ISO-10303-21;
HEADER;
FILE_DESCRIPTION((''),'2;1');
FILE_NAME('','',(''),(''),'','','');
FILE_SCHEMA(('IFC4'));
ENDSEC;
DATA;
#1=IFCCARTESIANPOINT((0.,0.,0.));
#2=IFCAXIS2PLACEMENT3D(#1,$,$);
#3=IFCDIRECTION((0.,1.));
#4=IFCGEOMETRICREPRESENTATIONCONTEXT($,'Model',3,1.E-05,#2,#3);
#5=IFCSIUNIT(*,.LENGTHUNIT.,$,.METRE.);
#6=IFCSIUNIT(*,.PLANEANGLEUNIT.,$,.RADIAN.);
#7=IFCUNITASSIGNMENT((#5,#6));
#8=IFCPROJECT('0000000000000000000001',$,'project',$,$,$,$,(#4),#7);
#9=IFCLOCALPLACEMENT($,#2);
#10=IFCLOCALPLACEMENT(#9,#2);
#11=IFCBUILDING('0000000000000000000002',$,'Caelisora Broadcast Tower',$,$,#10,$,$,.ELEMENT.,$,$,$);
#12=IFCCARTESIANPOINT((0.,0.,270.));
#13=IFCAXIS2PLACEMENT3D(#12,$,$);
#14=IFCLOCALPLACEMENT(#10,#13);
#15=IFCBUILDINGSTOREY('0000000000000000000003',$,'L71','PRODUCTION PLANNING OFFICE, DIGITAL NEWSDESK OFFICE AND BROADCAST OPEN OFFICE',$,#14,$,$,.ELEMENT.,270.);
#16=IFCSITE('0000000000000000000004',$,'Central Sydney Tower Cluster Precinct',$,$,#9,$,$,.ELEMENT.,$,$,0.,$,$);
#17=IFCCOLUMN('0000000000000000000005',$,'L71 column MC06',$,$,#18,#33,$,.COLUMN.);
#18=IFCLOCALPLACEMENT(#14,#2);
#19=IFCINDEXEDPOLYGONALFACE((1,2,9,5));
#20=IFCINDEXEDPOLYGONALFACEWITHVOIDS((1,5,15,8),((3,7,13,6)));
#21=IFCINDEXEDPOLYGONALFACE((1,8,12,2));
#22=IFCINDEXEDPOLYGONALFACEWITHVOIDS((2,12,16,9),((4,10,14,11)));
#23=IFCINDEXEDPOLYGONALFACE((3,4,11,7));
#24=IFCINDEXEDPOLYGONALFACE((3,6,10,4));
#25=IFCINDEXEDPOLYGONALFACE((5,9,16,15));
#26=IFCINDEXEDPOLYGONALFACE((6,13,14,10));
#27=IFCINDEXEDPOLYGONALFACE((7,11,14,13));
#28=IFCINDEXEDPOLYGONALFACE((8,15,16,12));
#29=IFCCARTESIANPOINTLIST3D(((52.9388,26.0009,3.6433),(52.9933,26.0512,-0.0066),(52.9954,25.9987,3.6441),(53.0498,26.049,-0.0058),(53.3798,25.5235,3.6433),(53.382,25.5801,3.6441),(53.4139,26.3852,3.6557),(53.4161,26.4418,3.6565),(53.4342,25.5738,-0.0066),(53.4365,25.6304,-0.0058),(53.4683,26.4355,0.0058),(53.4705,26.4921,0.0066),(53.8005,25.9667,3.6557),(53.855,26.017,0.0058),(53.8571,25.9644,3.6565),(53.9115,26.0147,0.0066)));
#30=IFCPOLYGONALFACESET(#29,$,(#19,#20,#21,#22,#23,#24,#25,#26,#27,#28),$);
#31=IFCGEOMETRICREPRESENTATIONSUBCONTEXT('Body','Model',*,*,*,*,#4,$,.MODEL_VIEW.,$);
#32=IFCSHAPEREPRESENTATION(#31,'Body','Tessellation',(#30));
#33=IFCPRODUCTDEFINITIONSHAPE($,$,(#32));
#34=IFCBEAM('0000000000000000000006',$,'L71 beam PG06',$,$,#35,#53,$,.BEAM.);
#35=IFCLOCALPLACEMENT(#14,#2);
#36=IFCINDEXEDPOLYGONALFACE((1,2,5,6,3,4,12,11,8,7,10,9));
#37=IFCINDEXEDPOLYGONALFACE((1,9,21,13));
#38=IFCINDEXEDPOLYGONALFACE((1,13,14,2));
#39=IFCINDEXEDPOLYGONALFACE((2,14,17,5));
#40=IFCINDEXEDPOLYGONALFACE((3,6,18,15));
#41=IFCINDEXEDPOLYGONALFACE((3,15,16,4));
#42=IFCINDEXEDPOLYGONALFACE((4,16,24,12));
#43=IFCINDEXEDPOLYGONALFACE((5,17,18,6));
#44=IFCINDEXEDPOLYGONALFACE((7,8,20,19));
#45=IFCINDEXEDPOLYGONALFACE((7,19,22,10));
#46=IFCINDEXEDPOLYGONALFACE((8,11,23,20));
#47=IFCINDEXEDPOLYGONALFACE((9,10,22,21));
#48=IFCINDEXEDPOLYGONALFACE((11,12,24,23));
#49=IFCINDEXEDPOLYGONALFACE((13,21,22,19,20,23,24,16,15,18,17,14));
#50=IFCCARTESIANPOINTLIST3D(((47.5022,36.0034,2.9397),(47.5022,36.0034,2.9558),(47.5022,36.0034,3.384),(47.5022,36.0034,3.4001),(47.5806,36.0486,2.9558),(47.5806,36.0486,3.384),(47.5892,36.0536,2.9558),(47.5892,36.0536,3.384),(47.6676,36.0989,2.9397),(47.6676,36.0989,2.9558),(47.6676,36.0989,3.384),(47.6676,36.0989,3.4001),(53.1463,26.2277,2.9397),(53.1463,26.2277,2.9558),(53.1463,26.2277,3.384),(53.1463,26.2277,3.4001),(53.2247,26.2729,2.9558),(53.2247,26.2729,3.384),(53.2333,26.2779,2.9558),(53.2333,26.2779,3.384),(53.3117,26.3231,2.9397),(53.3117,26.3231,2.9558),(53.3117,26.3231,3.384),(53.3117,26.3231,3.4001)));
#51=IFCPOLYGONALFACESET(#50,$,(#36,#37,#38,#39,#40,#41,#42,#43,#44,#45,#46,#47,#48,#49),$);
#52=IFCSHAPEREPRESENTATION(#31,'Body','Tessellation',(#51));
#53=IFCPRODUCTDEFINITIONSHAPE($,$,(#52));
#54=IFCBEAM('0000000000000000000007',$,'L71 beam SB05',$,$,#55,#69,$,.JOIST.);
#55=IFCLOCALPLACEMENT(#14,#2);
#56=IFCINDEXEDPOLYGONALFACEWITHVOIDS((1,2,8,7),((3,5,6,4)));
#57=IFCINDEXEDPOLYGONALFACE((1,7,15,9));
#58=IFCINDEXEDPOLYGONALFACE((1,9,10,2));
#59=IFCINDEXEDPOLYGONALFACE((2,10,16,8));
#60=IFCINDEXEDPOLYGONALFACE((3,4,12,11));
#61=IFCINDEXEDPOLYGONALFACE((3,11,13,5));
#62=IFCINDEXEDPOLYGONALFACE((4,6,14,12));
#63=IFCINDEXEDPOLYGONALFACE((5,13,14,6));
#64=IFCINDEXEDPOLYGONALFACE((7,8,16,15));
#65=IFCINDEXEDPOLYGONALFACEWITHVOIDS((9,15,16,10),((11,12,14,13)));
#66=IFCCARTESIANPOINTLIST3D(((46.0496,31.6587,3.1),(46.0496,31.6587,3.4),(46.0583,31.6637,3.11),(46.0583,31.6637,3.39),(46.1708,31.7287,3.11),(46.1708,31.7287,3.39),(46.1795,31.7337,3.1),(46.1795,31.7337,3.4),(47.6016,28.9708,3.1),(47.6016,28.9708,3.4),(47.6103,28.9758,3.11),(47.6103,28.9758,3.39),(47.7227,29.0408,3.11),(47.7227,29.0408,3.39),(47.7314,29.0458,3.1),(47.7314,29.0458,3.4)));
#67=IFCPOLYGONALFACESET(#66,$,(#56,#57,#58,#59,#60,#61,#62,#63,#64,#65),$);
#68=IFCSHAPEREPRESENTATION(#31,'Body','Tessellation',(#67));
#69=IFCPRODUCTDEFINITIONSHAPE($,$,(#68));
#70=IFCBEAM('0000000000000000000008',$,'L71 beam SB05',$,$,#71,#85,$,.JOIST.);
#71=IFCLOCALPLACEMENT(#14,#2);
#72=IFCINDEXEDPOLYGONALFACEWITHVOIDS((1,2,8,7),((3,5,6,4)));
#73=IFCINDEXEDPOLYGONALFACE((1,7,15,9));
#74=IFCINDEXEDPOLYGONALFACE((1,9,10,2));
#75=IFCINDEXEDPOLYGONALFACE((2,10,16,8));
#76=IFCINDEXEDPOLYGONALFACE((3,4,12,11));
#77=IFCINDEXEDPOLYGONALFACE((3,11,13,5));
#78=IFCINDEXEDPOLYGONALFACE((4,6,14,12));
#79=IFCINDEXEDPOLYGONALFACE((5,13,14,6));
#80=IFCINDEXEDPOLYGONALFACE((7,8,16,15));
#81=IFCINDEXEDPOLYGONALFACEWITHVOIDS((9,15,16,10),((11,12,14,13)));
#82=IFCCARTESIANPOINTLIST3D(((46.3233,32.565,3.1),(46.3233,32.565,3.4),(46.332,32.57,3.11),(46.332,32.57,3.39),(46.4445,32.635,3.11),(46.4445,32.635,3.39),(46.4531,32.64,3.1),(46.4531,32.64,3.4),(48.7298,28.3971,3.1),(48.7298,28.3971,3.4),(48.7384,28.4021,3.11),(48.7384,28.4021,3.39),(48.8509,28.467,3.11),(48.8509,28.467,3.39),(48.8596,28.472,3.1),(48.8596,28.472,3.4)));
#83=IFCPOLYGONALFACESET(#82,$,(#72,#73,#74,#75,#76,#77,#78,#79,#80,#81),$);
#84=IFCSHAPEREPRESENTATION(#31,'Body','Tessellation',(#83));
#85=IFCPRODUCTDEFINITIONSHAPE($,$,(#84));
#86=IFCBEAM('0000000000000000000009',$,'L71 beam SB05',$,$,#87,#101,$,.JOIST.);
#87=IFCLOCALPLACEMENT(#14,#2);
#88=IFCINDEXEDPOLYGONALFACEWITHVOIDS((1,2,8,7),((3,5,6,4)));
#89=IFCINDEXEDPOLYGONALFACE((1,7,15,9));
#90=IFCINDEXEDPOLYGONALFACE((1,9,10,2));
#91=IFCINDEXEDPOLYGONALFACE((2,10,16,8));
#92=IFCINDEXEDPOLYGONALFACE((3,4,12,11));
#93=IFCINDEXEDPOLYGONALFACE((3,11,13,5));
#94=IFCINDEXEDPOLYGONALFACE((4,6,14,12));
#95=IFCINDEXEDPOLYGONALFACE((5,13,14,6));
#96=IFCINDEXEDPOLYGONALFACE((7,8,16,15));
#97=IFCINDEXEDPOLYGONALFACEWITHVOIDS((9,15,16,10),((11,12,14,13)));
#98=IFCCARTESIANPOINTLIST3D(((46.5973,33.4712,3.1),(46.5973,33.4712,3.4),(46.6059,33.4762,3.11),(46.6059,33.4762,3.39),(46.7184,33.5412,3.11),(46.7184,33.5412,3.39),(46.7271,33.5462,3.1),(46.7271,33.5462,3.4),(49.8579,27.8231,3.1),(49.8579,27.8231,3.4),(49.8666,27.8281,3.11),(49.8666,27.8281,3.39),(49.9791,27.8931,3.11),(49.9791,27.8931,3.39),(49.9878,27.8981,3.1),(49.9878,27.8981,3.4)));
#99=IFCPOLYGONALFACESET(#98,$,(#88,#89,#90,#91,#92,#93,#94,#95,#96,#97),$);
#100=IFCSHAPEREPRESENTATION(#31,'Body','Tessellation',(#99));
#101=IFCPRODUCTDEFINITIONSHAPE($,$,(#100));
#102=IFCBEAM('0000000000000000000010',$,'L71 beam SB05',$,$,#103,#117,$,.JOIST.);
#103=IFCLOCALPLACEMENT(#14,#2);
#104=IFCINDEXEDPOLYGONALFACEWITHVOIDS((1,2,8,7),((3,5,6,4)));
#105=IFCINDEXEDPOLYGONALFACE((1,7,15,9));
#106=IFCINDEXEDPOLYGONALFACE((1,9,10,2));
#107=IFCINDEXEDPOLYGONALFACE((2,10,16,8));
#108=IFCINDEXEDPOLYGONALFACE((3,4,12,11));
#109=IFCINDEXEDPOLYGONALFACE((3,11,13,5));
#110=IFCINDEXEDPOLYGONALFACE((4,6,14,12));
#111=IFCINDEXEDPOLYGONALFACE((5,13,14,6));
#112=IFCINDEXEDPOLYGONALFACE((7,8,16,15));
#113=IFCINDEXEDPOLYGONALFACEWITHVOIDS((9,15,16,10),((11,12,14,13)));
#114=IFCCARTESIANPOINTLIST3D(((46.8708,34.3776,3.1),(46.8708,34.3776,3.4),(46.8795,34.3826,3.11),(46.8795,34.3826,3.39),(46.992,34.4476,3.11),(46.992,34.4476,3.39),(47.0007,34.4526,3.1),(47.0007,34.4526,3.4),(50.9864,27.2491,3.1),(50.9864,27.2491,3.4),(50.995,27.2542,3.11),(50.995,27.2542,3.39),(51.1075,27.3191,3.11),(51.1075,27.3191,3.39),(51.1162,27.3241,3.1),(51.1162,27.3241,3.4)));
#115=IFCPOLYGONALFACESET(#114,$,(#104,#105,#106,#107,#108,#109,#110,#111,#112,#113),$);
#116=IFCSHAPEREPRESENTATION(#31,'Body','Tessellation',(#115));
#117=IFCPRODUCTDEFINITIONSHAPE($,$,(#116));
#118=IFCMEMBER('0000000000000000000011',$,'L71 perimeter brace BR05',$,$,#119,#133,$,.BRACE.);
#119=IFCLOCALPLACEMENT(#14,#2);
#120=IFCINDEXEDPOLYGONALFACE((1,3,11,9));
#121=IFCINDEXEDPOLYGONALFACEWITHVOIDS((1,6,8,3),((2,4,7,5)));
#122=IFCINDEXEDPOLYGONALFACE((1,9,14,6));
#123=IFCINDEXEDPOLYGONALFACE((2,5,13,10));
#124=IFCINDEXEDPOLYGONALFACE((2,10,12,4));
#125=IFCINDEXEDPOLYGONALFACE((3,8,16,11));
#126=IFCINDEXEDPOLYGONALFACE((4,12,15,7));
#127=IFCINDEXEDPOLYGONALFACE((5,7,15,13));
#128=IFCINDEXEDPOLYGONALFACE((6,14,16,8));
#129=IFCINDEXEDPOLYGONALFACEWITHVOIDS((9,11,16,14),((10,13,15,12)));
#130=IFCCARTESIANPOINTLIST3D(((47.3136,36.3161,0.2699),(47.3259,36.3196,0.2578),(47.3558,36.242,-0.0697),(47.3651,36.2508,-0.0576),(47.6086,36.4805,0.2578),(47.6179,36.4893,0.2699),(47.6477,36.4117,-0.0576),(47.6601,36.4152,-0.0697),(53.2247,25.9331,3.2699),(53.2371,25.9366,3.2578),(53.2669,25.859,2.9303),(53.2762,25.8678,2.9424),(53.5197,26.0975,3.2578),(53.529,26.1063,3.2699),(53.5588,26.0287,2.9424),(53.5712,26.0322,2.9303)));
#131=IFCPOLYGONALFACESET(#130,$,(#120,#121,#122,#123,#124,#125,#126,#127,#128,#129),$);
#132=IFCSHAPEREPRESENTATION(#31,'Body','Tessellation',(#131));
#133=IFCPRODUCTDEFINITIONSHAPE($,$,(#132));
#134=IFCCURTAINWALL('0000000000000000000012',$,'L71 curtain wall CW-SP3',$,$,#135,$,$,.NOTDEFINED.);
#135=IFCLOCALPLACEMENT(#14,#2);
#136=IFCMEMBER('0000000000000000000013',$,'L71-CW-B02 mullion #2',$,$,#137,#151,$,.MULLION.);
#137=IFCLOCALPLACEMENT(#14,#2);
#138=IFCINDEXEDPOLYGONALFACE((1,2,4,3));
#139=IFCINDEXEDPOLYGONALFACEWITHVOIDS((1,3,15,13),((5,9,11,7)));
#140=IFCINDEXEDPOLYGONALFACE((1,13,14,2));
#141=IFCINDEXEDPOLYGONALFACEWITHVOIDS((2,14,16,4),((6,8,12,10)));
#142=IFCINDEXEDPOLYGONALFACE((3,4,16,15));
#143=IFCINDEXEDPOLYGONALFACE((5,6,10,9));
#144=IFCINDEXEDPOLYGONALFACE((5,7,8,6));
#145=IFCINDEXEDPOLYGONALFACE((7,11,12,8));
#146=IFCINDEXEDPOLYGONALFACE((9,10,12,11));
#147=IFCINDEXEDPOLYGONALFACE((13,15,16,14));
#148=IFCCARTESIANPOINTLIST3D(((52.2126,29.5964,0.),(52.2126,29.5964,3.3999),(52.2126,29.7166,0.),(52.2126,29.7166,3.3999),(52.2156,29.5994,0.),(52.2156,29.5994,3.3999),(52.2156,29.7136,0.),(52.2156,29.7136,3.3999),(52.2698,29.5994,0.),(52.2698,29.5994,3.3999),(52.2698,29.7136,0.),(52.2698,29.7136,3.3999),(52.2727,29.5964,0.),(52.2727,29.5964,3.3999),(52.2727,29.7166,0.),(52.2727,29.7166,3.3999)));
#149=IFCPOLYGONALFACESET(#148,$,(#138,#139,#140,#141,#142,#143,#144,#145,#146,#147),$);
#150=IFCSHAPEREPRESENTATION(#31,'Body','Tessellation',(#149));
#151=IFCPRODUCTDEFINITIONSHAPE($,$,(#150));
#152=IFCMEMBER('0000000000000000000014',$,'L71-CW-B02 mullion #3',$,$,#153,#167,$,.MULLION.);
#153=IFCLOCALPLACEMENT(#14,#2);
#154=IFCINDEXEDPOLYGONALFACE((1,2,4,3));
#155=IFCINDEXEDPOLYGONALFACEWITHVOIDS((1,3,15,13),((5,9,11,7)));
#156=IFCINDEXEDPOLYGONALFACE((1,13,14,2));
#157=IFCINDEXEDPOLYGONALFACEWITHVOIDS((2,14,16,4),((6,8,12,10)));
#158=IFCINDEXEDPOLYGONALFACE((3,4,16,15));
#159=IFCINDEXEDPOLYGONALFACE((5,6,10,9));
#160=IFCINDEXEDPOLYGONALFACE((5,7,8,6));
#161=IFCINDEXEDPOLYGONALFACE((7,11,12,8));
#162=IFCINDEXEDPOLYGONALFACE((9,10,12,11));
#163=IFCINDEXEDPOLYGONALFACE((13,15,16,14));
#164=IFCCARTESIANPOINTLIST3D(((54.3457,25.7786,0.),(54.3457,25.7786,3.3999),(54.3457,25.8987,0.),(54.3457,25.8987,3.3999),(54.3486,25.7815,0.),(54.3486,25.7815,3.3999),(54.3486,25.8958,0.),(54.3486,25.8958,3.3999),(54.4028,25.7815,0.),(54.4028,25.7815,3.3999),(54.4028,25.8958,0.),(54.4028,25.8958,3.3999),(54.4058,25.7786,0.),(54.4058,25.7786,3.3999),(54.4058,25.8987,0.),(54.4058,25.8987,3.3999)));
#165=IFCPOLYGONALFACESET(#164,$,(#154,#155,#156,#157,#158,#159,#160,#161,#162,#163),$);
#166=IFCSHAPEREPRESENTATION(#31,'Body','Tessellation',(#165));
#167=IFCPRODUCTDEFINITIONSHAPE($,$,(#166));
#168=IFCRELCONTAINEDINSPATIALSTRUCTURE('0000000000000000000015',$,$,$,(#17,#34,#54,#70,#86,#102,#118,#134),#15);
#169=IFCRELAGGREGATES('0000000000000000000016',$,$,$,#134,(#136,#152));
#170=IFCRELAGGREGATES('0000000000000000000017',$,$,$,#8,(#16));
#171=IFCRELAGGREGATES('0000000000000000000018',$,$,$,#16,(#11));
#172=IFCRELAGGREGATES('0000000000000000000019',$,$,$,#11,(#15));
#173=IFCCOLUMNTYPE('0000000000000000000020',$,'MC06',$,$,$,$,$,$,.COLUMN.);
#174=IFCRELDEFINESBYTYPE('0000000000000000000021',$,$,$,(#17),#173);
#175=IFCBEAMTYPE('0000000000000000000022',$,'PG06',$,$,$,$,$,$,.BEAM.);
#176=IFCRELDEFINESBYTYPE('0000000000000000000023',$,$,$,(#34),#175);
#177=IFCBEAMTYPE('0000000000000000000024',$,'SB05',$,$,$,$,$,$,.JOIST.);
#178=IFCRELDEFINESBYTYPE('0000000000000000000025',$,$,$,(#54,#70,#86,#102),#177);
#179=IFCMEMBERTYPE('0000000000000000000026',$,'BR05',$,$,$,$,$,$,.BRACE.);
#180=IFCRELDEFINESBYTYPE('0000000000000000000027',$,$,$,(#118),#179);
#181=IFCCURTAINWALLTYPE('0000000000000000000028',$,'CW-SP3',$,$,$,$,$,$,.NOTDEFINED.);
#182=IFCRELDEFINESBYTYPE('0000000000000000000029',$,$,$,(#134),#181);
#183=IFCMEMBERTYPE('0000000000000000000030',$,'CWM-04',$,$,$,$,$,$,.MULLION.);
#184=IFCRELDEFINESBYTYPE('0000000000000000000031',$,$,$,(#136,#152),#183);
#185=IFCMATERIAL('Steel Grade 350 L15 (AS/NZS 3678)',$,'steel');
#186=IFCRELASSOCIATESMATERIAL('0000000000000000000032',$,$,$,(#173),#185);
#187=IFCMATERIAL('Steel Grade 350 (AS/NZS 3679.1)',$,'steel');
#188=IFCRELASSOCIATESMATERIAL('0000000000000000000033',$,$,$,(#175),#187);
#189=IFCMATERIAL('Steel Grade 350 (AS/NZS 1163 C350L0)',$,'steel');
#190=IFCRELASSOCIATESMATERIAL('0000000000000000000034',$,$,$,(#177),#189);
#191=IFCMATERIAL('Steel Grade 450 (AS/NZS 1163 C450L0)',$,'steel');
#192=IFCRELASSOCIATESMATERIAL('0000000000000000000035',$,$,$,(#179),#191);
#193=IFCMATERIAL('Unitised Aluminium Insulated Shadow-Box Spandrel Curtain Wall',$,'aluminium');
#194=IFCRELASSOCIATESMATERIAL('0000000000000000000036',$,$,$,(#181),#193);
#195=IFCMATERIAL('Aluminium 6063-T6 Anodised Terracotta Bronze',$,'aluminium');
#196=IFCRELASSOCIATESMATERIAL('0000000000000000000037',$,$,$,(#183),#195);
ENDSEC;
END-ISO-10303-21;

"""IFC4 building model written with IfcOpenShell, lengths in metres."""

from ifc_helpers import new_model, si_unit, direction, frame, origin, origin_2d, place, context, subcontext, project, spatial, hollow_rectangle, i_section, extrude, source, transform, mapped, material, material_profile, profile_set, type_object, type_shapes, element, aggregate, save


model = new_model("IFC4")

# Units and contexts
model_context = context("Model", 3, precision=1e-05, world=origin(), true_north=direction((0.0, 1.0)))
body_context = subcontext(model_context, "Body", "Model", "MODEL_VIEW")
ifc_project = project(units=[si_unit("LENGTHUNIT", "METRE"), si_unit("PLANEANGLEUNIT", "RADIAN")], contexts=[model_context])

# Site, building, storey
site_placement = place(None, origin())
site = spatial("IfcSite", under=ifc_project, at=site_placement, Name="Central Sydney Tower Cluster Precinct", CompositionType="ELEMENT", RefElevation=0.0)
building_placement = place(site_placement, origin())
building = spatial("IfcBuilding", under=site, at=building_placement, Name="Caelisora Broadcast Tower", CompositionType="ELEMENT")
storey_placement = place(building_placement, frame((0.0, 0.0, 270.0)))
storey = spatial("IfcBuildingStorey", under=building, at=storey_placement, Name="L71", Description="PRODUCTION PLANNING OFFICE, DIGITAL NEWSDESK OFFICE AND BROADCAST OPEN OFFICE", CompositionType="ELEMENT", Elevation=270.0)

# Column
ifc_material_1 = material(Name="Steel Grade 350 L15 (AS/NZS 3678)", Category="steel")
ifc_material_profile_1 = material_profile(ifc_material_1, hollow_rectangle(XDim=0.6499, YDim=0.6499, WallThickness=0.04, at=origin_2d()), Name="Steel Grade 350 L15 (AS/NZS 3678)")
ifc_profile_set_1 = profile_set([ifc_material_profile_1], Name="Steel Grade 350 L15 (AS/NZS 3678)")
column_type = type_object("IfcColumnType", Name="MC06", PredefinedType="COLUMN", material=ifc_profile_set_1)
shared_shape_1 = source(origin(), body_context, "Body", "SweptSolid", [
    extrude(hollow_rectangle(XDim=0.6499, YDim=0.6499, WallThickness=0.04, at=origin_2d()), origin(), (0.0, 0.0, 1.0), 3.6506),
])
type_shapes(column_type, [shared_shape_1])
column_placement = place(storey_placement, frame((53.4524, 26.033, 0.0), z_axis=(-0.014913, -0.013776, 0.999794), x_axis=(0.678554, -0.734551, 0.0)))
element("IfcColumn", 1, at=column_placement, inside=storey, type_object=column_type, Name="L71 column MC06", PredefinedType="COLUMN", context=body_context, shape_type="MappedRepresentation", body=[
    mapped(shared_shape_1, transform((0.0, 0.0, 0.0), scale=1.0)),
])

# Beams
ifc_material_2 = material(Name="Steel Grade 350 (AS/NZS 3679.1)", Category="steel")
ifc_material_profile_2 = material_profile(ifc_material_2, i_section(OverallWidth=0.1909, OverallDepth=0.4604, WebThickness=0.01, FlangeThickness=0.0161, at=origin_2d()), Name="Steel Grade 350 (AS/NZS 3679.1)")
ifc_profile_set_2 = profile_set([ifc_material_profile_2], Name="Steel Grade 350 (AS/NZS 3679.1)")
beam_type_1 = type_object("IfcBeamType", Name="PG06", PredefinedType="BEAM", material=ifc_profile_set_2)
shared_shape_2 = source(origin(), body_context, "Body", "SweptSolid", [
    extrude(i_section(OverallWidth=0.1909, OverallDepth=0.4604, WebThickness=0.01, FlangeThickness=0.0161, at=origin_2d()), origin(), (0.0, 0.0, 1.0), 11.2881),
])
type_shapes(beam_type_1, [shared_shape_2])
beam_1_placement = place(storey_placement, frame((53.229, 26.2754, 3.1699), z_axis=(-0.500005, 0.866022, 0.0), x_axis=(-0.866022, -0.500005, 0.0)))
element("IfcBeam", 2, at=beam_1_placement, inside=storey, type_object=beam_type_1, Name="L71 beam PG06", PredefinedType="BEAM", context=body_context, shape_type="MappedRepresentation", body=[
    mapped(shared_shape_2, transform((0.0, 0.0, 0.0), scale=1.0)),
])
ifc_material_3 = material(Name="Steel Grade 350 (AS/NZS 1163 C350L0)", Category="steel")
ifc_material_profile_3 = material_profile(ifc_material_3, hollow_rectangle(XDim=0.1499, YDim=0.3, WallThickness=0.01, at=origin_2d()), Name="Steel Grade 350 (AS/NZS 1163 C350L0)")
ifc_profile_set_3 = profile_set([ifc_material_profile_3], Name="Steel Grade 350 (AS/NZS 1163 C350L0)")
beam_type_2 = type_object("IfcBeamType", Name="SB05", PredefinedType="JOIST", material=ifc_profile_set_3)
shared_shape_3 = source(origin(), body_context, "Body", "SweptSolid", [
    extrude(hollow_rectangle(XDim=0.1499, YDim=0.3, WallThickness=0.01, at=origin_2d()), origin(), (0.0, 0.0, 1.0), 3.1038),
])
beam_2_placement = place(storey_placement, frame((47.6665, 29.0083, 3.25), z_axis=(-0.500022, 0.866013, 0.0), x_axis=(-0.866013, -0.500022, 0.0)))
element("IfcBeam", 3, at=beam_2_placement, inside=storey, type_object=beam_type_2, Name="L71 beam SB05", PredefinedType="JOIST", context=body_context, shape_type="MappedRepresentation", body=[
    mapped(shared_shape_3, transform((0.0, 0.0, 0.0), scale=1.0)),
])
shared_shape_4 = source(origin(), body_context, "Body", "SweptSolid", [
    extrude(hollow_rectangle(XDim=0.1499, YDim=0.3, WallThickness=0.01, at=origin_2d()), origin(), (0.0, 0.0, 1.0), 4.8127),
])
beam_3_placement = place(storey_placement, frame((48.7947, 28.4346, 3.25), z_axis=(-0.500018, 0.866015, 0.0), x_axis=(-0.866015, -0.500018, 0.0)))
element("IfcBeam", 4, at=beam_3_placement, inside=storey, type_object=beam_type_2, Name="L71 beam SB05", PredefinedType="JOIST", context=body_context, shape_type="MappedRepresentation", body=[
    mapped(shared_shape_4, transform((0.0, 0.0, 0.0), scale=1.0)),
])
shared_shape_5 = source(origin(), body_context, "Body", "SweptSolid", [
    extrude(hollow_rectangle(XDim=0.1499, YDim=0.3, WallThickness=0.01, at=origin_2d()), origin(), (0.0, 0.0, 1.0), 6.5217),
])
beam_4_placement = place(storey_placement, frame((49.9229, 27.8606, 3.25), z_axis=(-0.499972, 0.866042, 0.0), x_axis=(-0.866042, -0.499972, 0.0)))
element("IfcBeam", 5, at=beam_4_placement, inside=storey, type_object=beam_type_2, Name="L71 beam SB05", PredefinedType="JOIST", context=body_context, shape_type="MappedRepresentation", body=[
    mapped(shared_shape_5, transform((0.0, 0.0, 0.0), scale=1.0)),
])
shared_shape_6 = source(origin(), body_context, "Body", "SweptSolid", [
    extrude(hollow_rectangle(XDim=0.1499, YDim=0.3, WallThickness=0.01, at=origin_2d()), origin(), (0.0, 0.0, 1.0), 8.2312),
])
type_shapes(beam_type_2, [shared_shape_3, shared_shape_4, shared_shape_5, shared_shape_6])
beam_5_placement = place(storey_placement, frame((51.0513, 27.2866, 3.25), z_axis=(-0.499989, 0.866031, 0.0), x_axis=(-0.866031, -0.499989, 0.0)))
element("IfcBeam", 6, at=beam_5_placement, inside=storey, type_object=beam_type_2, Name="L71 beam SB05", PredefinedType="JOIST", context=body_context, shape_type="MappedRepresentation", body=[
    mapped(shared_shape_6, transform((0.0, 0.0, 0.0), scale=1.0)),
])

# Member
ifc_material_4 = material(Name="Steel Grade 450 (AS/NZS 1163 C450L0)", Category="steel")
ifc_material_profile_4 = material_profile(ifc_material_4, hollow_rectangle(XDim=0.3501, YDim=0.3501, WallThickness=0.0125, at=origin_2d()), Name="Steel Grade 450 (AS/NZS 1163 C450L0)")
ifc_profile_set_4 = profile_set([ifc_material_profile_4], Name="Steel Grade 450 (AS/NZS 1163 C450L0)")
member_type_1 = type_object("IfcMemberType", Name="BR05", PredefinedType="BRACE", material=ifc_profile_set_4)
shared_shape_7 = source(origin(), body_context, "Body", "SweptSolid", [
    extrude(hollow_rectangle(XDim=0.3501, YDim=0.3501, WallThickness=0.0125, at=origin_2d()), origin(), (0.0, 0.0, 1.0), 12.3186),
])
type_shapes(member_type_1, [shared_shape_7])
member_1_placement = place(storey_placement, frame((53.3979, 25.9827, 3.1001), z_axis=(-0.479852, 0.842872, -0.243533), x_axis=(-0.869037, -0.494748, 0.0)))
element("IfcMember", 7, at=member_1_placement, inside=storey, type_object=member_type_1, Name="L71 perimeter brace BR05", PredefinedType="BRACE", context=body_context, shape_type="MappedRepresentation", body=[
    mapped(shared_shape_7, transform((0.0, 0.0, 0.0), scale=1.0)),
])

# Curtain wall, members
ifc_material_5 = material(Name="Unitised Aluminium Insulated Shadow-Box Spandrel Curtain Wall", Category="aluminium")
curtain_wall_type_1 = type_object("IfcCurtainWallType", Name="CW-SP3", PredefinedType="NOTDEFINED", material=ifc_material_5)
curtain_wall_1_placement = place(storey_placement, origin())
curtain_wall_1 = element("IfcCurtainWall", 8, at=curtain_wall_1_placement, inside=storey, type_object=curtain_wall_type_1, Name="L71 curtain wall CW-SP3", PredefinedType="NOTDEFINED")
ifc_material_6 = material(Name="Aluminium 6063-T6 Anodised Terracotta Bronze", Category="aluminium")
ifc_material_profile_5 = material_profile(ifc_material_6, hollow_rectangle(XDim=0.0601, YDim=0.1201, WallThickness=0.0029, at=origin_2d()), Name="Aluminium 6063-T6 Anodised Terracotta Bronze")
ifc_profile_set_5 = profile_set([ifc_material_profile_5], Name="Aluminium 6063-T6 Anodised Terracotta Bronze")
member_type_2 = type_object("IfcMemberType", Name="CWM-04", PredefinedType="MULLION", material=ifc_profile_set_5)
shared_shape_8 = source(origin(), body_context, "Body", "SweptSolid", [
    extrude(hollow_rectangle(XDim=0.0601, YDim=0.1201, WallThickness=0.0029, at=origin_2d()), origin(), (0.0, 0.0, 1.0), 3.3999),
])
type_shapes(member_type_2, [shared_shape_8])
member_2_placement = place(storey_placement, frame((52.2427, 29.6565, 0.0), z_axis=(0.0, 0.0, 1.0), x_axis=(1.0, 0.0, 0.0)))
member_2 = element("IfcMember", 9, at=member_2_placement, type_object=member_type_2, Name="L71-CW-B02 mullion #2", PredefinedType="MULLION", context=body_context, shape_type="MappedRepresentation", body=[
    mapped(shared_shape_8, transform((0.0, 0.0, 0.0), scale=1.0)),
])
member_3_placement = place(storey_placement, frame((54.3757, 25.8386, 0.0), z_axis=(0.0, 0.0, 1.0), x_axis=(1.0, 0.0, 0.0)))
member_3 = element("IfcMember", 10, at=member_3_placement, type_object=member_type_2, Name="L71-CW-B02 mullion #3", PredefinedType="MULLION", context=body_context, shape_type="MappedRepresentation", body=[
    mapped(shared_shape_8, transform((0.0, 0.0, 0.0), scale=1.0)),
])

aggregate(curtain_wall_1, [member_2, member_3])

save(model, "model.ifc")
